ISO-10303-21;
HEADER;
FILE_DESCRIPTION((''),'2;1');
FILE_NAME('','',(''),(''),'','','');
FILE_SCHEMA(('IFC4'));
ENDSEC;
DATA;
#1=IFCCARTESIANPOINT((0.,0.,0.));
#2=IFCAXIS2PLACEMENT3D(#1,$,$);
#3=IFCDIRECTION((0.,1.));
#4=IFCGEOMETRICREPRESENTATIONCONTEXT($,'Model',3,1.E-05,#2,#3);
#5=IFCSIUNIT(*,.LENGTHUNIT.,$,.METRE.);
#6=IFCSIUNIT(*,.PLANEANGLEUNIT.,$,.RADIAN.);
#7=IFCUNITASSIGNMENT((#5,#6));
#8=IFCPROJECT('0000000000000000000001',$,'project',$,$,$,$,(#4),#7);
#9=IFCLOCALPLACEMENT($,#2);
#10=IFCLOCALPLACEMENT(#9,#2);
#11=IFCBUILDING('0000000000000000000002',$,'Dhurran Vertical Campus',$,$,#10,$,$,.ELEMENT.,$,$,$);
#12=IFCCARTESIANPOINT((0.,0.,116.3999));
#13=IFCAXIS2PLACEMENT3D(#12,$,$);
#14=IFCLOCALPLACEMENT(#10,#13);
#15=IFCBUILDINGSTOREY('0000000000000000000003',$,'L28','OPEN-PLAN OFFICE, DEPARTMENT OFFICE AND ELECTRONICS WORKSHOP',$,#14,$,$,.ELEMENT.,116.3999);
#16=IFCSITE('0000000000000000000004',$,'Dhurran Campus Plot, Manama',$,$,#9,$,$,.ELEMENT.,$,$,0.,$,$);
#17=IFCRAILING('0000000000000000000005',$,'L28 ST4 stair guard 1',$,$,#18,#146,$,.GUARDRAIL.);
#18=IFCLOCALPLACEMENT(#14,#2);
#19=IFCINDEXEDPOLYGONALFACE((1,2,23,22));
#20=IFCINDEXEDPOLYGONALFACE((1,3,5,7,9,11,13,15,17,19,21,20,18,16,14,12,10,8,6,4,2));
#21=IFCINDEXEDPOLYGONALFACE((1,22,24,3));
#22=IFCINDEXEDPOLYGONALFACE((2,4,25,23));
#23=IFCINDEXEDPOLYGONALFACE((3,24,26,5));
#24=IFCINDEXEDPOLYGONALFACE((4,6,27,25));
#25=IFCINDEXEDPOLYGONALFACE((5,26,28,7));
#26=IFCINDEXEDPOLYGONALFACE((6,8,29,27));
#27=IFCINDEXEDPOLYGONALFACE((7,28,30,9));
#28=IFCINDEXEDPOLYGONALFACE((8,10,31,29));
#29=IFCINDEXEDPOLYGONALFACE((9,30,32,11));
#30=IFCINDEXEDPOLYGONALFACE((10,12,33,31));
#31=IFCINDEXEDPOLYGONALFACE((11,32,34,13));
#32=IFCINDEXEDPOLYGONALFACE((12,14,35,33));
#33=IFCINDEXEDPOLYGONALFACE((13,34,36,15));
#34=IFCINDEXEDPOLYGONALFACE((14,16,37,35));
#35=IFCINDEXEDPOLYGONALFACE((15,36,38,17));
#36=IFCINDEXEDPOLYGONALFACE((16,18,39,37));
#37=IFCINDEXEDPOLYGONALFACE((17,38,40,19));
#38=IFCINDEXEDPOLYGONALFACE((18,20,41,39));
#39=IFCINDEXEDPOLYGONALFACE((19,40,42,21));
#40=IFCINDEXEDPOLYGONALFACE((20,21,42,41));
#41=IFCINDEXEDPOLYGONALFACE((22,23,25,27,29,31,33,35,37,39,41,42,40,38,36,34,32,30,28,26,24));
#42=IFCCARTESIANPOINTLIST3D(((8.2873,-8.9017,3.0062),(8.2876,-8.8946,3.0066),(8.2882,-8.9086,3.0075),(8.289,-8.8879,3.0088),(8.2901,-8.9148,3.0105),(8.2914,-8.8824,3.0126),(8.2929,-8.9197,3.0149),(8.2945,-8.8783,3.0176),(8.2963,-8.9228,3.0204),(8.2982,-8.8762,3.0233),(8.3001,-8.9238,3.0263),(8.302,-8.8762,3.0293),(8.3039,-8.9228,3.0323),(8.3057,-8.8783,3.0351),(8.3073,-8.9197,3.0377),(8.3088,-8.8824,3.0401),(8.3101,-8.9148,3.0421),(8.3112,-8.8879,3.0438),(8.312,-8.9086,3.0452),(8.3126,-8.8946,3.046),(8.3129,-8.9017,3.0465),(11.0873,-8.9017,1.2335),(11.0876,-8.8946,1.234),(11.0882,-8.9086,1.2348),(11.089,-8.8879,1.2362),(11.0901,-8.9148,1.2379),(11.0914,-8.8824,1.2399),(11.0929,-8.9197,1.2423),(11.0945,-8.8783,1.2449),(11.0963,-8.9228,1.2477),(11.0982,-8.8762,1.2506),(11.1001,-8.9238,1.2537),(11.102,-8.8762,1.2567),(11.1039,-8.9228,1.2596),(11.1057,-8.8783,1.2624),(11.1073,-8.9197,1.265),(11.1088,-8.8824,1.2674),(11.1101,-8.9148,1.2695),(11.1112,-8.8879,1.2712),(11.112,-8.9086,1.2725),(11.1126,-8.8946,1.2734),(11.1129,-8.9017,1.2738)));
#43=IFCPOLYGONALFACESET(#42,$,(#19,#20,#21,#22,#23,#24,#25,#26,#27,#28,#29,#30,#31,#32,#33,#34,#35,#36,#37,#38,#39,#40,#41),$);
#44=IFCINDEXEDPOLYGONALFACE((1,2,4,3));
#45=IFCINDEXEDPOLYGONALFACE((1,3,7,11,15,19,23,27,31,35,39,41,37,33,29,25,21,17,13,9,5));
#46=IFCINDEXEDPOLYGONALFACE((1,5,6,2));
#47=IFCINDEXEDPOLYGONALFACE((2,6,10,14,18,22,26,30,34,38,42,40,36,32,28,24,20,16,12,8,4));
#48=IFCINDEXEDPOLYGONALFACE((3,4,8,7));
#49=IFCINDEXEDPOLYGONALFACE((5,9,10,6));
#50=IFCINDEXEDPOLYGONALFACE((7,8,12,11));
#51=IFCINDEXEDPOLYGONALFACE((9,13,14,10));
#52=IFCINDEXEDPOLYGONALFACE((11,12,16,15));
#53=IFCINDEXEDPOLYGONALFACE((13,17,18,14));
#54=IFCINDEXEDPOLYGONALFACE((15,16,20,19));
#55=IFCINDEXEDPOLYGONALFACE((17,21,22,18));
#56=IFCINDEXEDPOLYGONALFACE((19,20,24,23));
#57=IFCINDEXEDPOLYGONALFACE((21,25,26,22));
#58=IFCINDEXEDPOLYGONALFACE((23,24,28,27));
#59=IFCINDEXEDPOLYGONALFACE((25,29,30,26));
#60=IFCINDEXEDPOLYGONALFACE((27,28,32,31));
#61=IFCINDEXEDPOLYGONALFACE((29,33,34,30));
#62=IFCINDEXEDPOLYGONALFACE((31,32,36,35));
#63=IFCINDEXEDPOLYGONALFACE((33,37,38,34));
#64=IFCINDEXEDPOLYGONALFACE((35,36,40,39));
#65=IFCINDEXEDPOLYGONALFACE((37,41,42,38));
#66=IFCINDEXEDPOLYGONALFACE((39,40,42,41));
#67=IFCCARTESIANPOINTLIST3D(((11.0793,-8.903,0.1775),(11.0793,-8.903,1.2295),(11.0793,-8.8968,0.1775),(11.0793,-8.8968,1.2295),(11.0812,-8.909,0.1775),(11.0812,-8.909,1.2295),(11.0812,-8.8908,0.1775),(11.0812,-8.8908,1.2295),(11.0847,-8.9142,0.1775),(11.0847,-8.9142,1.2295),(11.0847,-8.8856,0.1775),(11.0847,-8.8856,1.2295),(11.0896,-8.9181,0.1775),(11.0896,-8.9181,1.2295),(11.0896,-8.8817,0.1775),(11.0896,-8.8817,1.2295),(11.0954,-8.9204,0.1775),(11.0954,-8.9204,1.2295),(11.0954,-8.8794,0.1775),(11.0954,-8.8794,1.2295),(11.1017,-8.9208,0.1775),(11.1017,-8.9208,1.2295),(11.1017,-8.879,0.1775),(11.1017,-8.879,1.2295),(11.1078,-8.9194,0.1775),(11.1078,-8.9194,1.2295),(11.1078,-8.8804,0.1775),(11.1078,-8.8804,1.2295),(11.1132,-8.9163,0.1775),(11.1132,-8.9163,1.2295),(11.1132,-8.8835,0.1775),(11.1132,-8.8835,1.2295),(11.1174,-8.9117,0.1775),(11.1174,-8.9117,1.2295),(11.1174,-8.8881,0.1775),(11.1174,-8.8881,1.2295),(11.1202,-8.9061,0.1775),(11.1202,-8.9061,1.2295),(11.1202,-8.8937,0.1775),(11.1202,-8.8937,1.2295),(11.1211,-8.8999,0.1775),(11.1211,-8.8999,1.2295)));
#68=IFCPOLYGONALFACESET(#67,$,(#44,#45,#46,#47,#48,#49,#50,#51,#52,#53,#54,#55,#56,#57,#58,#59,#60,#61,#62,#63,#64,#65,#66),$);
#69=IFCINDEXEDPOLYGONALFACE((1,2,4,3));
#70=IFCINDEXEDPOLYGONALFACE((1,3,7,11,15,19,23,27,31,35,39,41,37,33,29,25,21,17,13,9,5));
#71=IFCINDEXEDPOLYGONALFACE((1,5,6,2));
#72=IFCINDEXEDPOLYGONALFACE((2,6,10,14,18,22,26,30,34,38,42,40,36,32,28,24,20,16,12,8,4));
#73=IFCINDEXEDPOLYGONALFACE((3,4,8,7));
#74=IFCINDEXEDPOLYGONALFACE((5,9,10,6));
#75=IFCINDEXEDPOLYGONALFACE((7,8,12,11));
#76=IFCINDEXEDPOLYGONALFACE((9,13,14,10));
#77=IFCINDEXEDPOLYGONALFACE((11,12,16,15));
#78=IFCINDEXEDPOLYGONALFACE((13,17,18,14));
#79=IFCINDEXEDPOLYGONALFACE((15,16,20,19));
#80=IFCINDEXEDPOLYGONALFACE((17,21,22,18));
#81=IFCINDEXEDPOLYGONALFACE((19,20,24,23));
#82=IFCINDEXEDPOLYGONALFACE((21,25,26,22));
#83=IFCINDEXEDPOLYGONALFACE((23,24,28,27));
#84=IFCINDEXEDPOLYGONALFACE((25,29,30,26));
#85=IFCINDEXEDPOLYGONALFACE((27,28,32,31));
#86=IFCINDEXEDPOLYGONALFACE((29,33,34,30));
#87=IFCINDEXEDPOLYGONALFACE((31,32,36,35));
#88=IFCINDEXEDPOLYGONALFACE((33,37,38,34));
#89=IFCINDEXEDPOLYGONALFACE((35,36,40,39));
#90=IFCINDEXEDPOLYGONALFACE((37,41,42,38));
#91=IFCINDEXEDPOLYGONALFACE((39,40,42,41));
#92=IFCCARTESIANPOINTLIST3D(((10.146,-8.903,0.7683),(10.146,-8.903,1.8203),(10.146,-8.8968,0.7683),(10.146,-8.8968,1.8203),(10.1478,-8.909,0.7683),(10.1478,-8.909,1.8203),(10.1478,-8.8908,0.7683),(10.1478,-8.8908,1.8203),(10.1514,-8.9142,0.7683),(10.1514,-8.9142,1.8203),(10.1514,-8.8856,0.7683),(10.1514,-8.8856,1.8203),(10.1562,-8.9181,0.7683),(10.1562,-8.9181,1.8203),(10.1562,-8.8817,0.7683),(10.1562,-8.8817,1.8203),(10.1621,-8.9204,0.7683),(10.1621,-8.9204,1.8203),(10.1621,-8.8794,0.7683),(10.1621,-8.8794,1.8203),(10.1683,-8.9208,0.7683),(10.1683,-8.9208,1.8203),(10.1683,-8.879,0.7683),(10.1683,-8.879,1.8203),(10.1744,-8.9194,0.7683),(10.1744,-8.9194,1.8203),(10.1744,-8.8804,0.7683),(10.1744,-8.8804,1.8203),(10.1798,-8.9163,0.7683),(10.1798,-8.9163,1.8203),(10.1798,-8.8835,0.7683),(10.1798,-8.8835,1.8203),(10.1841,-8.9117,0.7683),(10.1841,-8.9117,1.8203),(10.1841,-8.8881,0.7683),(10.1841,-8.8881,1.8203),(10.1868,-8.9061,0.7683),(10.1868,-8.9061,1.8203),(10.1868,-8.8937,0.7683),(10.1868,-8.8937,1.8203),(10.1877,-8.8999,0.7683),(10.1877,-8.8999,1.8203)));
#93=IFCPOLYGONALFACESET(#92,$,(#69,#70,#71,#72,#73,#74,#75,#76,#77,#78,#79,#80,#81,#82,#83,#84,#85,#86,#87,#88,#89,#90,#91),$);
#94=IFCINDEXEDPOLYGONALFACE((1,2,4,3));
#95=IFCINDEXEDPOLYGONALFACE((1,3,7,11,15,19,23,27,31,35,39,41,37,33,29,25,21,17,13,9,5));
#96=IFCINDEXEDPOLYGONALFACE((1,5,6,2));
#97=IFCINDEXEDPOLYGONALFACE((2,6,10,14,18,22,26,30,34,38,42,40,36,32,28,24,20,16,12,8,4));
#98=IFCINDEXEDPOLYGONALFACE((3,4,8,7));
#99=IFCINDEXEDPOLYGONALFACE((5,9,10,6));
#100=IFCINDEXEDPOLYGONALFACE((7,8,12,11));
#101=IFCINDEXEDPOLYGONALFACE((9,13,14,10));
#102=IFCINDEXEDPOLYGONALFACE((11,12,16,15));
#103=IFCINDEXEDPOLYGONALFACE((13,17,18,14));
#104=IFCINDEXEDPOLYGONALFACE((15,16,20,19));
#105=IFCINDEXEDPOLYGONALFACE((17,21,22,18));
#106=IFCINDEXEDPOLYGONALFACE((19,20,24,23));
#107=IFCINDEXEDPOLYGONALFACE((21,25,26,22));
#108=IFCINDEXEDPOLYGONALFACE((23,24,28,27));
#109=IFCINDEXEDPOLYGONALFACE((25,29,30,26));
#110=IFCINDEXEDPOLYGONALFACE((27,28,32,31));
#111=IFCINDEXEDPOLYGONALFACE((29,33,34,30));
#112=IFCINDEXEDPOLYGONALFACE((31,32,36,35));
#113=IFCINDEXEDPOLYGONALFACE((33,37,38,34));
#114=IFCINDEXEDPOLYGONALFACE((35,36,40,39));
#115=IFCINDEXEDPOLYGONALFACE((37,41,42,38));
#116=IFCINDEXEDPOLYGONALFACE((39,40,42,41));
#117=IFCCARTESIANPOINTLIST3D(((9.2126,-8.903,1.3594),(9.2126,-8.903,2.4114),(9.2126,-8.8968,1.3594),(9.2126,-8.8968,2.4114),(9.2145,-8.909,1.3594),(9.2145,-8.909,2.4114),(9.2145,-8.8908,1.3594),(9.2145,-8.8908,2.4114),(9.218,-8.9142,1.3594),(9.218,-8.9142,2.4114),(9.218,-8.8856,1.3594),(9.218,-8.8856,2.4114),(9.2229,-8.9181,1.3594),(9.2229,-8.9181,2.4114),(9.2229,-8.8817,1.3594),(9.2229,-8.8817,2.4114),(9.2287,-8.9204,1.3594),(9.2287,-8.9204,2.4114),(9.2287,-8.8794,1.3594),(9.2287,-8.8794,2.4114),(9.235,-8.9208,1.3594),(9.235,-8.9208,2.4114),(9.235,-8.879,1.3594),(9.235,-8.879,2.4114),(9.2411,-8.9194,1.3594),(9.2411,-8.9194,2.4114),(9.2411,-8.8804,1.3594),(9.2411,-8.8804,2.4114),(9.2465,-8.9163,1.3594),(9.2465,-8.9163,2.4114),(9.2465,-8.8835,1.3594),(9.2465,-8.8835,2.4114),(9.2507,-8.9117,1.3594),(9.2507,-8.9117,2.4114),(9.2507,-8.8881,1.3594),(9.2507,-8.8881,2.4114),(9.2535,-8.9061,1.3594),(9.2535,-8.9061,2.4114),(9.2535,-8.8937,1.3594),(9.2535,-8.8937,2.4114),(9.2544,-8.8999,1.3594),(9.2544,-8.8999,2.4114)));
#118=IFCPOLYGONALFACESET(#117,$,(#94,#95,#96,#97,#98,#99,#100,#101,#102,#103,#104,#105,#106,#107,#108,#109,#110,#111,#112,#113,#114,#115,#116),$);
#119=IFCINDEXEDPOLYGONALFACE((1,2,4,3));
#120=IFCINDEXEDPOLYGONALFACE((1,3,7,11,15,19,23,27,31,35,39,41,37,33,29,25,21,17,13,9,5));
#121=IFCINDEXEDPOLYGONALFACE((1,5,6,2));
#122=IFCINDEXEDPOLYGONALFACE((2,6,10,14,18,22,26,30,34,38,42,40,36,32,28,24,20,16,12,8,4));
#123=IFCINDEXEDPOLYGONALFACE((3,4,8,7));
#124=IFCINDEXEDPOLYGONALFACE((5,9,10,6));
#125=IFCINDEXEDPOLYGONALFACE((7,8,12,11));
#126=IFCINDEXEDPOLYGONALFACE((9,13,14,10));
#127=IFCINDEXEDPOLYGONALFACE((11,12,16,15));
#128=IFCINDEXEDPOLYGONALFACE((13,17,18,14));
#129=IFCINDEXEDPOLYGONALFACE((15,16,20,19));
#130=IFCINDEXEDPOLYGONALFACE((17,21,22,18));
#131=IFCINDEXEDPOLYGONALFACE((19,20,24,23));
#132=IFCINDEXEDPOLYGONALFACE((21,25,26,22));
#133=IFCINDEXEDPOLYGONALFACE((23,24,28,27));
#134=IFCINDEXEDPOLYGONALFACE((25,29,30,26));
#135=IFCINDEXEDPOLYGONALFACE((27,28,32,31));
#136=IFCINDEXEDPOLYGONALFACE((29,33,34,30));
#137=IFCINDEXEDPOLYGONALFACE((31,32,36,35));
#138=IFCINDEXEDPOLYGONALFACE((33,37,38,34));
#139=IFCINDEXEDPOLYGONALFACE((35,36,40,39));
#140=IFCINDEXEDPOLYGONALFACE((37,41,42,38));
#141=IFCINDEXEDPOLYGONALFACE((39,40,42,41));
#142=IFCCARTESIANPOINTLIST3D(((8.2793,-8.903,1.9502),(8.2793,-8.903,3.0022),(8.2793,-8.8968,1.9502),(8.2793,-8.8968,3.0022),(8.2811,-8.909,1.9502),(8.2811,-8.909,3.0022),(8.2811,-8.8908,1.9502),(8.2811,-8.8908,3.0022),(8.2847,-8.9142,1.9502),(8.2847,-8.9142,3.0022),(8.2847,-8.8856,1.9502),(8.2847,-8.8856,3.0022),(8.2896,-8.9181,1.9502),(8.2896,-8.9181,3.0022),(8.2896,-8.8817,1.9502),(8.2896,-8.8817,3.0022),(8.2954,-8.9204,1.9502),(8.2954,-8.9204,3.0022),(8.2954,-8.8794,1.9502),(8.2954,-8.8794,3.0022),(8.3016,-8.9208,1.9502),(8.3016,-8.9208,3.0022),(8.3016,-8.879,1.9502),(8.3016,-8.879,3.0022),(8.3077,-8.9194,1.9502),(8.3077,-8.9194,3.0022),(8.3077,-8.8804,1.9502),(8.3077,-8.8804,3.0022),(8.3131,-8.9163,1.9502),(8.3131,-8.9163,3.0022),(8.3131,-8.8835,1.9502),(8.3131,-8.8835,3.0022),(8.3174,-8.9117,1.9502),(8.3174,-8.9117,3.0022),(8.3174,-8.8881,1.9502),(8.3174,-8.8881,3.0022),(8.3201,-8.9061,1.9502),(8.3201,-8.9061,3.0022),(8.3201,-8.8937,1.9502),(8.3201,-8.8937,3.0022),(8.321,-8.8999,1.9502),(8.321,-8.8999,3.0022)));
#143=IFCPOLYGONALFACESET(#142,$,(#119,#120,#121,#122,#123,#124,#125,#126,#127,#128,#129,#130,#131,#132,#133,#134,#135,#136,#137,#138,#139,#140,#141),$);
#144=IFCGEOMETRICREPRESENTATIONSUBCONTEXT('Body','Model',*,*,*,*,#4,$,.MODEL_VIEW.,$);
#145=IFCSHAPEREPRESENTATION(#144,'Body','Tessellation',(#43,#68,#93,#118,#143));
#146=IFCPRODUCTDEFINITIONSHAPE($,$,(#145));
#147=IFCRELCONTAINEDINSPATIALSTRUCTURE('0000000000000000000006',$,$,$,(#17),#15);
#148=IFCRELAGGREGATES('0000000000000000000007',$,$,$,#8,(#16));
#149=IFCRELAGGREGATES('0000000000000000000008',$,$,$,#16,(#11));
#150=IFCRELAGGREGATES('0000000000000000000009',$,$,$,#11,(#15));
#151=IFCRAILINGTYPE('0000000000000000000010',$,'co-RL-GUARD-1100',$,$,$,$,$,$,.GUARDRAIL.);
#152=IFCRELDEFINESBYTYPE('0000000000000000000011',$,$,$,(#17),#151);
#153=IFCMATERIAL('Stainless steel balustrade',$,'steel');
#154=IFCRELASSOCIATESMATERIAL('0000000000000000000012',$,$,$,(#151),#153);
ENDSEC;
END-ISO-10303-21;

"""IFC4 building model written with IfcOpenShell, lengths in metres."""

from ifc_helpers import new_model, si_unit, direction, frame, origin, origin_2d, place, context, subcontext, project, spatial, circle, extrude, material, type_object, element, save


model = new_model("IFC4")

# Units and contexts
model_context = context("Model", 3, precision=1e-05, world=origin(), true_north=direction((0.0, 1.0)))
body_context = subcontext(model_context, "Body", "Model", "MODEL_VIEW")
ifc_project = project(units=[si_unit("LENGTHUNIT", "METRE"), si_unit("PLANEANGLEUNIT", "RADIAN")], contexts=[model_context])

# Site, building, storey
site_placement = place(None, origin())
site = spatial("IfcSite", under=ifc_project, at=site_placement, Name="Dhurran Campus Plot, Manama", CompositionType="ELEMENT", RefElevation=0.0)
building_placement = place(site_placement, origin())
building = spatial("IfcBuilding", under=site, at=building_placement, Name="Dhurran Vertical Campus", CompositionType="ELEMENT")
storey_placement = place(building_placement, frame((0.0, 0.0, 116.3999)))
storey = spatial("IfcBuildingStorey", under=building, at=storey_placement, Name="L28", Description="OPEN-PLAN OFFICE, DEPARTMENT OFFICE AND ELECTRONICS WORKSHOP", CompositionType="ELEMENT", Elevation=116.3999)

# Railing
ifc_material_1 = material(Name="Stainless steel balustrade", Category="steel")
railing_type_1 = type_object("IfcRailingType", Name="co-RL-GUARD-1100", PredefinedType="GUARDRAIL", material=ifc_material_1)
railing_1_placement = place(storey_placement, frame((11.1001, -8.8999, 0.1775)))
element("IfcRailing", 1, at=railing_1_placement, inside=storey, type_object=railing_type_1, Name="L28 ST4 stair guard 1", PredefinedType="GUARDRAIL", context=body_context, shape_type="SweptSolid", body=[
    extrude(circle(Radius=0.0239, at=origin_2d()), frame((0.0, 0.0, 1.0762), z_axis=(-0.844909, 0.0, 0.53491), x_axis=(0.0, -1.0, 0.0)), (0.0, 0.0, 1.0), 3.314),
    extrude(circle(Radius=0.021, at=origin_2d()), origin(), (0.0, 0.0, 1.0), 1.052),
    extrude(circle(Radius=0.021, at=origin_2d()), frame((-0.9333, 0.0, 0.5908)), (0.0, 0.0, 1.0), 1.052),
    extrude(circle(Radius=0.021, at=origin_2d()), frame((-1.8667, 0.0, 1.1819)), (0.0, 0.0, 1.0), 1.052),
    extrude(circle(Radius=0.021, at=origin_2d()), frame((-2.8, 0.0, 1.7727)), (0.0, 0.0, 1.0), 1.052),
])

save(model, "model.ifc")
